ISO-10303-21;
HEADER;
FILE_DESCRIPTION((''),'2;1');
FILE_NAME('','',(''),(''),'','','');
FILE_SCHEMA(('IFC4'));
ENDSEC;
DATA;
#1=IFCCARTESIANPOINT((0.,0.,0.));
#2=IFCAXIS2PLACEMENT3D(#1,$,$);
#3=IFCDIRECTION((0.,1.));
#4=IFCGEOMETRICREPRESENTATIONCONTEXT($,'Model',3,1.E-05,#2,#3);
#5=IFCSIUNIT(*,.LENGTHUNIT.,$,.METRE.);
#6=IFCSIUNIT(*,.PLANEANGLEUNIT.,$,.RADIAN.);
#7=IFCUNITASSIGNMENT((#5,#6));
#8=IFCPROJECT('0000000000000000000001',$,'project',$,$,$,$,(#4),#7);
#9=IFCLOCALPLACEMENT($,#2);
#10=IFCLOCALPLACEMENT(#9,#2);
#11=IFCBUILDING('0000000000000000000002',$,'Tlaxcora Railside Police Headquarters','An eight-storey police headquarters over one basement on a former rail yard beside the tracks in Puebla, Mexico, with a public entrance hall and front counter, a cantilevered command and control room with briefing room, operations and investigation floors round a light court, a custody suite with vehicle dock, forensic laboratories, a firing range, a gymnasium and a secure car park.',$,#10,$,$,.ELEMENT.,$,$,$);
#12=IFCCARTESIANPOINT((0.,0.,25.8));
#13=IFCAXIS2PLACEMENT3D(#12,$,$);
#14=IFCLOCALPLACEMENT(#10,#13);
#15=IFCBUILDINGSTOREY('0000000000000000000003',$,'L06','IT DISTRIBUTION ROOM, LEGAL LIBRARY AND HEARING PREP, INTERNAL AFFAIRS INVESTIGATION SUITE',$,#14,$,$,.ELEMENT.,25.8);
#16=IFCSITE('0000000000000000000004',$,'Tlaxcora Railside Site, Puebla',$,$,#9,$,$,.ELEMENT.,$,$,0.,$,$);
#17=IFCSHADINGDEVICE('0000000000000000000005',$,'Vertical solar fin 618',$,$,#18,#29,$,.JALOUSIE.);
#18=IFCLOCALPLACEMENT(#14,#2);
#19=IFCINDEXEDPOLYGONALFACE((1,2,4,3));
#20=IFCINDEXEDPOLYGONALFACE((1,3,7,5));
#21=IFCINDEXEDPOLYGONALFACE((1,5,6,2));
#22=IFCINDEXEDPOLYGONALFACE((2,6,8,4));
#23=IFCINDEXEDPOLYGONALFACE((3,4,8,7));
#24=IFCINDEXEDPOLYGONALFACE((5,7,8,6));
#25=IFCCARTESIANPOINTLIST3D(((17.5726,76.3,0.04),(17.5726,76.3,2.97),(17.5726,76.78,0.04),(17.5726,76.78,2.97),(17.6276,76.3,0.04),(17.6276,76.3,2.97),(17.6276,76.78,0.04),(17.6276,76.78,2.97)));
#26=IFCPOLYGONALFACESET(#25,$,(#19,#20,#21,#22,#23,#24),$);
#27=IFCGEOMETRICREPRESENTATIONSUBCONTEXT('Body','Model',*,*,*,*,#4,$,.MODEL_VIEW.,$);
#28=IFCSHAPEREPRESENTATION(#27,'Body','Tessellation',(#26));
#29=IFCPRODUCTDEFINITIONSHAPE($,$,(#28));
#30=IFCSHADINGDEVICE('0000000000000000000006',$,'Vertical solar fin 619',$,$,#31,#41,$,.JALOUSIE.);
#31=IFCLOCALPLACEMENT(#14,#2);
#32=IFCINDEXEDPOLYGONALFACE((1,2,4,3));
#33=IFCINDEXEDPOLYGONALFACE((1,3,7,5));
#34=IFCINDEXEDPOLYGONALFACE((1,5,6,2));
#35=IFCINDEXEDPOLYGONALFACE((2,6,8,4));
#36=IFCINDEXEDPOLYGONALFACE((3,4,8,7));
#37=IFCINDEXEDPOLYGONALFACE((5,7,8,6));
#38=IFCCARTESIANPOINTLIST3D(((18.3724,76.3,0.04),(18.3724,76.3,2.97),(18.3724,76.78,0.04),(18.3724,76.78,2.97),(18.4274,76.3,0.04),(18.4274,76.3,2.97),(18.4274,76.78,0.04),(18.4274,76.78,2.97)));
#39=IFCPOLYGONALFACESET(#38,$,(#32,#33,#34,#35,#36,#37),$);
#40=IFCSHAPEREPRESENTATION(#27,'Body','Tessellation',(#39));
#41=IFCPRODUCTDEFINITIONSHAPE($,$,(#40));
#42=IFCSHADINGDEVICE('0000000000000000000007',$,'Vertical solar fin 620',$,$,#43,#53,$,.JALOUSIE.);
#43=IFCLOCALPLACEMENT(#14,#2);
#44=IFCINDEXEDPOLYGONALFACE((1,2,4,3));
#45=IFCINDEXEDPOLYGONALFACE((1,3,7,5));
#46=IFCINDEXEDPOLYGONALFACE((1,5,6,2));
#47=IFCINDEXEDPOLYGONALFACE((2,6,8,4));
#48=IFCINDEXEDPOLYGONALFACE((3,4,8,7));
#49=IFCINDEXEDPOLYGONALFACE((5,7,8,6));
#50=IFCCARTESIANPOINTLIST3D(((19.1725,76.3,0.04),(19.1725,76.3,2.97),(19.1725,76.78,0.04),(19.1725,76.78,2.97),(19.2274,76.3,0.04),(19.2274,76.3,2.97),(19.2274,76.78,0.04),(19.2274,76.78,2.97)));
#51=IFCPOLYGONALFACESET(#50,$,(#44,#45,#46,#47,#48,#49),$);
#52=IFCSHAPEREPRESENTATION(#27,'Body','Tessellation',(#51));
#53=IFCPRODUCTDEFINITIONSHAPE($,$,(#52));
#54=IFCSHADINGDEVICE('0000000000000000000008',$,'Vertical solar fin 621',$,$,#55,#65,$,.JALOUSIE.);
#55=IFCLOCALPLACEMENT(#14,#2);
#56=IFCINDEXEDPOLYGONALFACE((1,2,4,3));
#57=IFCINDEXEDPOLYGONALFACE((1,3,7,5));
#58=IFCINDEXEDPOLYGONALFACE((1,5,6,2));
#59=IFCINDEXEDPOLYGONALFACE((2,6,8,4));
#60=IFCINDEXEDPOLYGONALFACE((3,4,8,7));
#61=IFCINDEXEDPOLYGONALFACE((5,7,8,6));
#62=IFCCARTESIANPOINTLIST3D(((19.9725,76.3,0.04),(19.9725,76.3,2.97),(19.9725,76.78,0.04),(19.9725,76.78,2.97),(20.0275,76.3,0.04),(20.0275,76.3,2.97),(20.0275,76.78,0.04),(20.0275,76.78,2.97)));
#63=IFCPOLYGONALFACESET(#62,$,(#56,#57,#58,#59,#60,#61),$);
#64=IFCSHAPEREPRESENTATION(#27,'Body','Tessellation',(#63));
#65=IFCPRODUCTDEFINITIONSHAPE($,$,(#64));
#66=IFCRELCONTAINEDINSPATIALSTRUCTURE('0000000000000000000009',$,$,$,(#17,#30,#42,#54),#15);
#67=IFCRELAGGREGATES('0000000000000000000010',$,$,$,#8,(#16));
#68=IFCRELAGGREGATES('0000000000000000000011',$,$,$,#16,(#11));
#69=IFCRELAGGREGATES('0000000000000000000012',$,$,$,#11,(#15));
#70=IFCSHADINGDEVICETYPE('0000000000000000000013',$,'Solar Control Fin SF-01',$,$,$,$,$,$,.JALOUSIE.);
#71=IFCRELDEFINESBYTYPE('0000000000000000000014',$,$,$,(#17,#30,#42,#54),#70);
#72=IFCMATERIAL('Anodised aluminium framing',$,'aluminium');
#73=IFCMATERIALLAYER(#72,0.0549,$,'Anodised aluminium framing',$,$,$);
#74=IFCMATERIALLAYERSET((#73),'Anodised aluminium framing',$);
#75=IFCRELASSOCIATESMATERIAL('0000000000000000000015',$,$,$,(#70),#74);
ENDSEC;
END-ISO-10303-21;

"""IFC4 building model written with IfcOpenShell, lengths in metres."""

from ifc_helpers import new_model, si_unit, direction, frame, origin, origin_2d, place, context, subcontext, project, spatial, rectangle, extrude, material, layer, layer_set, type_object, element, save


model = new_model("IFC4")

# Units and contexts
model_context = context("Model", 3, precision=1e-05, world=origin(), true_north=direction((0.0, 1.0)))
body_context = subcontext(model_context, "Body", "Model", "MODEL_VIEW")
ifc_project = project(units=[si_unit("LENGTHUNIT", "METRE"), si_unit("PLANEANGLEUNIT", "RADIAN")], contexts=[model_context])

# Site, building, storey
site_placement = place(None, origin())
site = spatial("IfcSite", under=ifc_project, at=site_placement, Name="Tlaxcora Railside Site, Puebla", CompositionType="ELEMENT", RefElevation=0.0)
building_placement = place(site_placement, origin())
building = spatial("IfcBuilding", under=site, at=building_placement, Name="Tlaxcora Railside Police Headquarters", Description="An eight-storey police headquarters over one basement on a former rail yard beside the tracks in Puebla, Mexico, with a public entrance hall and front counter, a cantilevered command and control room with briefing room, operations and investigation floors round a light court, a custody suite with vehicle dock, forensic laboratories, a firing range, a gymnasium and a secure car park.", CompositionType="ELEMENT")
storey_placement = place(building_placement, frame((0.0, 0.0, 25.8)))
storey = spatial("IfcBuildingStorey", under=building, at=storey_placement, Name="L06", Description="IT DISTRIBUTION ROOM, LEGAL LIBRARY AND HEARING PREP, INTERNAL AFFAIRS INVESTIGATION SUITE", CompositionType="ELEMENT", Elevation=25.8)

# Shading devices
ifc_material_1 = material(Name="Anodised aluminium framing", Category="aluminium")
ifc_layer_1 = layer(ifc_material_1, 0.0549, Name="Anodised aluminium framing")
ifc_layer_set_1 = layer_set([ifc_layer_1], Name="Anodised aluminium framing")
shading_device_type = type_object("IfcShadingDeviceType", Name="Solar Control Fin SF-01", PredefinedType="JALOUSIE", material=ifc_layer_set_1)
for number, where, z_axis, x_axis, name in (
    (1, (17.6001, 76.54, 0.04), (0.0, 0.0, 1.0), (0.0, -1.0, 0.0), "Vertical solar fin 618"),
    (2, (18.3999, 76.54, 0.04), (0.0, 0.0, 1.0), (0.0, -1.0, 0.0), "Vertical solar fin 619"),
    (3, (19.2, 76.54, 0.04), (0.0, 0.0, 1.0), (0.0, -1.0, 0.0), "Vertical solar fin 620"),
    (4, (20.0, 76.54, 0.04), (0.0, 0.0, 1.0), (0.0, -1.0, 0.0), "Vertical solar fin 621"),
):
    element("IfcShadingDevice", number, at=place(storey_placement, frame(where, z_axis=z_axis, x_axis=x_axis)), inside=storey, type_object=shading_device_type, Name=name, PredefinedType="JALOUSIE", context=body_context, shape_type="SweptSolid", body=[
        extrude(rectangle(XDim=0.48, YDim=0.0549, at=origin_2d()), origin(), (0.0, 0.0, 1.0), 2.9299),
    ])

save(model, "model.ifc")
